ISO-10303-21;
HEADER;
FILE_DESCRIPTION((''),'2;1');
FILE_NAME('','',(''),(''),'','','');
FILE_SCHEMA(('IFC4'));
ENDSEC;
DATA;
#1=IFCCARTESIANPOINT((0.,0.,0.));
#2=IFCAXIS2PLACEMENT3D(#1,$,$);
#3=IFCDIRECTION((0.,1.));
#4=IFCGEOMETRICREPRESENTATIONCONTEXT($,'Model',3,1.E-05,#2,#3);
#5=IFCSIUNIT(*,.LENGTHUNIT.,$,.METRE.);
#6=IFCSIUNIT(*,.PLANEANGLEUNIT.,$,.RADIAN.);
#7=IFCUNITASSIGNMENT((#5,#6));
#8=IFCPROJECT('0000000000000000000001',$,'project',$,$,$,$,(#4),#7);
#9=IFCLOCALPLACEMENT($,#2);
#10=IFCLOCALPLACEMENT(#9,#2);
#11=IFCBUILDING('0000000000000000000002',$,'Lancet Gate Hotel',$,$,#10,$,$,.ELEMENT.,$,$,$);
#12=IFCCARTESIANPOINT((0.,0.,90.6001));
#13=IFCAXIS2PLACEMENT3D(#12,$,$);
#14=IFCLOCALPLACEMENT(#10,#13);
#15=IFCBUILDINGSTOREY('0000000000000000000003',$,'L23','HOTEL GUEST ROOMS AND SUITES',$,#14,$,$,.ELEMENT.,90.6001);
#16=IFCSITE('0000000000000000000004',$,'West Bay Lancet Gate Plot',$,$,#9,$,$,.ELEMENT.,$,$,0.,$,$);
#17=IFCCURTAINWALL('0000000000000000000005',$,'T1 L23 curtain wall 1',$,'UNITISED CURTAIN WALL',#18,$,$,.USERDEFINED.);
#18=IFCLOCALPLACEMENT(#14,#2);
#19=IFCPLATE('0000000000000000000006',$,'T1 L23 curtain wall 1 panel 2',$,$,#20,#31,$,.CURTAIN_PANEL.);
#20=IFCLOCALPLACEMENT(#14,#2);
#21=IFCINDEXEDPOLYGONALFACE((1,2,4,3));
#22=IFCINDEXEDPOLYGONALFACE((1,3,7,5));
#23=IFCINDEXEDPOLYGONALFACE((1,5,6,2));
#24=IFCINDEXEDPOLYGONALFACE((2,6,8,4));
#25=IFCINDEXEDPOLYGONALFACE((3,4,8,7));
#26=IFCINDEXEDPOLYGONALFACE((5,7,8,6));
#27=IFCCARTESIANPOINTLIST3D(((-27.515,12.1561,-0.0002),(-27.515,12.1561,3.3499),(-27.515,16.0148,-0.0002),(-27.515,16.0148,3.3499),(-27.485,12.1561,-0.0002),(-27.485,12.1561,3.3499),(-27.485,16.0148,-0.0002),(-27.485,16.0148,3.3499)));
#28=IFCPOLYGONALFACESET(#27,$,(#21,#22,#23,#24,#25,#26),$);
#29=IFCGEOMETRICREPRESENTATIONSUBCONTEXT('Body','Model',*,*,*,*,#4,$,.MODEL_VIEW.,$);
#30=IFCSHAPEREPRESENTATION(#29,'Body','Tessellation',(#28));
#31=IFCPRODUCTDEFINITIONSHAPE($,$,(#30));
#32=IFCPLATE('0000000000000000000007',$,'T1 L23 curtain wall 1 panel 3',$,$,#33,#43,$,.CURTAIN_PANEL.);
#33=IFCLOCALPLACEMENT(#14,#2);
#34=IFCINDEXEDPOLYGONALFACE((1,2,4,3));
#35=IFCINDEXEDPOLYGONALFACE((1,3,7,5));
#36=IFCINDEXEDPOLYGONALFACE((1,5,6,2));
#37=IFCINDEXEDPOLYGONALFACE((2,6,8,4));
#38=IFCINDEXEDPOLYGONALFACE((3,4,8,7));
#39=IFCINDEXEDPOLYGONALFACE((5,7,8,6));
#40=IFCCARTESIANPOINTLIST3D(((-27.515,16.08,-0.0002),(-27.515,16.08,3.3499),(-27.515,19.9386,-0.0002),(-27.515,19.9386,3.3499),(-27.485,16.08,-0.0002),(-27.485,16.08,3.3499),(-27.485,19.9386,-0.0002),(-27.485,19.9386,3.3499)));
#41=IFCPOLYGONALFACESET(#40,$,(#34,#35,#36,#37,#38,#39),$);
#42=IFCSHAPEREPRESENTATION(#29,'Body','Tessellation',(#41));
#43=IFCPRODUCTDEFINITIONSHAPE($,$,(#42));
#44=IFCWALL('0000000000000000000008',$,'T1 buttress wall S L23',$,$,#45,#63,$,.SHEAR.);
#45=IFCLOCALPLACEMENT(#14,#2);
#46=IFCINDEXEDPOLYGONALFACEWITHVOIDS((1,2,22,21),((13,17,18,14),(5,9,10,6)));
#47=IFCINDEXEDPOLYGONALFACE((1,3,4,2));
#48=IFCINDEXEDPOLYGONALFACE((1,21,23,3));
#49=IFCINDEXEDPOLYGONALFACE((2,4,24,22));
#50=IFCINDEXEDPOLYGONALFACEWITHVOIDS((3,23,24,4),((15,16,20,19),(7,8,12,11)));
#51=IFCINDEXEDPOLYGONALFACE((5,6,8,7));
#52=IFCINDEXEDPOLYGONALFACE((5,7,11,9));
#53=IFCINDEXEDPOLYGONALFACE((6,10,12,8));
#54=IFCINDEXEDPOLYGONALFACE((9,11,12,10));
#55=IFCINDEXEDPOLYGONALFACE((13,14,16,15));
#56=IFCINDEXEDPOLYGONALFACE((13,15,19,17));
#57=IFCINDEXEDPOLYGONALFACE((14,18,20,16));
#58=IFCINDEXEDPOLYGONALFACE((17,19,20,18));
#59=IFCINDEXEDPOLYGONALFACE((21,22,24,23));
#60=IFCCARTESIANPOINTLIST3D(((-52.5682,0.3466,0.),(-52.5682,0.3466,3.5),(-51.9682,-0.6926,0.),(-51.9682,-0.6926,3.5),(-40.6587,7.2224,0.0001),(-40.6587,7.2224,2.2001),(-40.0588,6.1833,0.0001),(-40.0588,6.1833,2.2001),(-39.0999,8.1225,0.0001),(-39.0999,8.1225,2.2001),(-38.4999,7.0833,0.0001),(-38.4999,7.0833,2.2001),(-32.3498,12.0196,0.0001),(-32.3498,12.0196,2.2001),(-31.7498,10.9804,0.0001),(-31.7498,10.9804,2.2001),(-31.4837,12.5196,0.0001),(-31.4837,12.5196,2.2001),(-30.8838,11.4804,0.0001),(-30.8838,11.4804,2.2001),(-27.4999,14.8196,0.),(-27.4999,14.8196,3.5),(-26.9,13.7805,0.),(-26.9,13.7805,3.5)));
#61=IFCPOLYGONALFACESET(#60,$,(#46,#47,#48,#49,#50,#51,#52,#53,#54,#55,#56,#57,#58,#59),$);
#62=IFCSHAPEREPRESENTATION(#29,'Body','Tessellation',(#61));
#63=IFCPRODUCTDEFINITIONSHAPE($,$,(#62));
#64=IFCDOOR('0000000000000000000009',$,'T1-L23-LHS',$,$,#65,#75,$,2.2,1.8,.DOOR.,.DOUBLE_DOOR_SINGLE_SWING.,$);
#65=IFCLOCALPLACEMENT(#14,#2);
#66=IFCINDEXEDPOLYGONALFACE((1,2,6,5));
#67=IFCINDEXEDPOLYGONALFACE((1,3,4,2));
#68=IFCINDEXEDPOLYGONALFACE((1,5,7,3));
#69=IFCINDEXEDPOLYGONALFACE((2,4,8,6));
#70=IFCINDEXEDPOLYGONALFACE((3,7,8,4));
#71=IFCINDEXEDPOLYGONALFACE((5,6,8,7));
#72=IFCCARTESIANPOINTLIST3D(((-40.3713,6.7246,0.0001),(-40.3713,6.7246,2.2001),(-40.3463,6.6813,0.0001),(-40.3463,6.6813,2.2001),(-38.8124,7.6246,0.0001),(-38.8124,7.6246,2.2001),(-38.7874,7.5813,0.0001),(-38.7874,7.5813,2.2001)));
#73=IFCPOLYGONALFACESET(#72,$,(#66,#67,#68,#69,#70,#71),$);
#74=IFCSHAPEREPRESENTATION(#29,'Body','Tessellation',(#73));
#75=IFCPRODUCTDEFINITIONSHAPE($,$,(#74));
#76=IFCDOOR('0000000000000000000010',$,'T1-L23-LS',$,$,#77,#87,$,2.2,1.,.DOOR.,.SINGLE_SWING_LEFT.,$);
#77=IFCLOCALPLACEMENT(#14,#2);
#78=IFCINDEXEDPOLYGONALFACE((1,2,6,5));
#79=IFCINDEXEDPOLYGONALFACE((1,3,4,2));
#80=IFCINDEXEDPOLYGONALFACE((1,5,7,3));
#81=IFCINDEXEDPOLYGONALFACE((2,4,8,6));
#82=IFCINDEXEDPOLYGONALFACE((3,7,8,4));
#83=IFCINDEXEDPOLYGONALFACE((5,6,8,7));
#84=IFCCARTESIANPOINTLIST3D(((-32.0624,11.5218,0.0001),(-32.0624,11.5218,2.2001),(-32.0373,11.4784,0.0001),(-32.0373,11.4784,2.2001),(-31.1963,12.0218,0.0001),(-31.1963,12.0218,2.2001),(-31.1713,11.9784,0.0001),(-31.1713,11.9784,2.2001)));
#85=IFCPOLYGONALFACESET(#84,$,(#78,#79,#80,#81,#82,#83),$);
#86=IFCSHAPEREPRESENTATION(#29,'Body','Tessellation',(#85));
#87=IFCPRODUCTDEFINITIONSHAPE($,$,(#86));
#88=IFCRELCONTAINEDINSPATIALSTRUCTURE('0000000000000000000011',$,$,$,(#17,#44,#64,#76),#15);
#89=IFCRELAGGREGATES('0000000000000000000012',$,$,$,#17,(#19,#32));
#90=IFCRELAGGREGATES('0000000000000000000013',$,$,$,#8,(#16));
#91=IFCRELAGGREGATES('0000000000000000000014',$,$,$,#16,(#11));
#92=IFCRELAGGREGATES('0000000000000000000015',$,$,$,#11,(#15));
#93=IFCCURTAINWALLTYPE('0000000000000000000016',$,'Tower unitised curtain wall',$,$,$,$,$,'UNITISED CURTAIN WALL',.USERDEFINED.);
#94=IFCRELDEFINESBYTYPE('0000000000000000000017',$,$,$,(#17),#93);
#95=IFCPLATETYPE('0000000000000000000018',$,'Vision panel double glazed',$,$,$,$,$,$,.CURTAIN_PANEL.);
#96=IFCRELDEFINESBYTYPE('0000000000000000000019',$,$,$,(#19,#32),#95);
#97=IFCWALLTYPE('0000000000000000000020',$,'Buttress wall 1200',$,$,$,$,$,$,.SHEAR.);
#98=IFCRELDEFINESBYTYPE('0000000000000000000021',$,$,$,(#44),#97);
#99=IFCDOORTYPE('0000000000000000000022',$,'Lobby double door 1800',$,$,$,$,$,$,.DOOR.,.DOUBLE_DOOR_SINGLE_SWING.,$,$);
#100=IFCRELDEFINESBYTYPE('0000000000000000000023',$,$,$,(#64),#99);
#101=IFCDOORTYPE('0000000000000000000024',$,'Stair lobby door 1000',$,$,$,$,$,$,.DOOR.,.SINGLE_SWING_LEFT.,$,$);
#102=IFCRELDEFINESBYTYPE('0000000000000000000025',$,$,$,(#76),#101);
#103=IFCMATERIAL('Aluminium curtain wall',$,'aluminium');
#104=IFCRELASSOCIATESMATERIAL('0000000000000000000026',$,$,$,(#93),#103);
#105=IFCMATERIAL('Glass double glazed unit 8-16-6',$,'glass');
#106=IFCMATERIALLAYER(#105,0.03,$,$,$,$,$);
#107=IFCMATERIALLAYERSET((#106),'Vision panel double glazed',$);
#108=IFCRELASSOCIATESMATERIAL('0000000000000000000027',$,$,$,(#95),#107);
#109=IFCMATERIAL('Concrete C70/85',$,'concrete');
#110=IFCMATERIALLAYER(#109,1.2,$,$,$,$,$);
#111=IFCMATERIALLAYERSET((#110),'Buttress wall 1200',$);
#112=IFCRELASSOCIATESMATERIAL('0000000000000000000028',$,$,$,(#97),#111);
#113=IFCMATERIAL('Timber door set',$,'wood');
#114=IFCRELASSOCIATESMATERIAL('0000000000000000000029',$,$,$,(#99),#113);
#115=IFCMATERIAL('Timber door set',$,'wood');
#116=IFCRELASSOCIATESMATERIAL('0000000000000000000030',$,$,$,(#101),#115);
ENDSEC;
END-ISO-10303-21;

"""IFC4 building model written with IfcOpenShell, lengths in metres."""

from ifc_helpers import new_model, si_unit, direction, frame, frame_2d, origin, origin_2d, place, context, subcontext, project, spatial, rectangle, extrude, material, layer, layer_set, type_object, element, fill, aggregate, save


model = new_model("IFC4")

# Units and contexts
model_context = context("Model", 3, precision=1e-05, world=origin(), true_north=direction((0.0, 1.0)))
body_context = subcontext(model_context, "Body", "Model", "MODEL_VIEW")
ifc_project = project(units=[si_unit("LENGTHUNIT", "METRE"), si_unit("PLANEANGLEUNIT", "RADIAN")], contexts=[model_context])

# Site, building, storey
site_placement = place(None, origin())
site = spatial("IfcSite", under=ifc_project, at=site_placement, Name="West Bay Lancet Gate Plot", CompositionType="ELEMENT", RefElevation=0.0)
building_placement = place(site_placement, origin())
building = spatial("IfcBuilding", under=site, at=building_placement, Name="Lancet Gate Hotel", CompositionType="ELEMENT")
storey_placement = place(building_placement, frame((0.0, 0.0, 90.6001)))
storey = spatial("IfcBuildingStorey", under=building, at=storey_placement, Name="L23", Description="HOTEL GUEST ROOMS AND SUITES", CompositionType="ELEMENT", Elevation=90.6001)

# Curtain wall
ifc_material_1 = material(Name="Aluminium curtain wall", Category="aluminium")
curtain_wall_type = type_object("IfcCurtainWallType", Name="Tower unitised curtain wall", ElementType="UNITISED CURTAIN WALL", PredefinedType="USERDEFINED", material=ifc_material_1)
curtain_wall_placement = place(storey_placement, origin())
curtain_wall = element("IfcCurtainWall", 1, at=curtain_wall_placement, inside=storey, type_object=curtain_wall_type, Name="T1 L23 curtain wall 1", ObjectType="UNITISED CURTAIN WALL", PredefinedType="USERDEFINED")

# Plates
ifc_material_2 = material(Name="Glass double glazed unit 8-16-6", Category="glass")
ifc_layer_1 = layer(ifc_material_2, 0.03)
ifc_layer_set_1 = layer_set([ifc_layer_1], Name="Vision panel double glazed")
plate_type = type_object("IfcPlateType", Name="Vision panel double glazed", PredefinedType="CURTAIN_PANEL", material=ifc_layer_set_1)
plate_1_placement = place(storey_placement, frame((-27.5, 14.0854, -0.0002), z_axis=(0.0, 0.0, 1.0), x_axis=(0.0, 1.0, 0.0)))
plate_1 = element("IfcPlate", 2, at=plate_1_placement, type_object=plate_type, Name="T1 L23 curtain wall 1 panel 2", PredefinedType="CURTAIN_PANEL", context=body_context, shape_type="SweptSolid", body=[
    extrude(rectangle(XDim=3.8586, YDim=0.03, at=origin_2d()), origin(), (0.0, 0.0, 1.0), 3.3501),
])
plate_2_placement = place(storey_placement, frame((-27.5, 18.0093, -0.0002), z_axis=(0.0, 0.0, 1.0), x_axis=(0.0, 1.0, 0.0)))
plate_2 = element("IfcPlate", 3, at=plate_2_placement, type_object=plate_type, Name="T1 L23 curtain wall 1 panel 3", PredefinedType="CURTAIN_PANEL", context=body_context, shape_type="SweptSolid", body=[
    extrude(rectangle(XDim=3.8586, YDim=0.03, at=origin_2d()), origin(), (0.0, 0.0, 1.0), 3.3501),
])
aggregate(curtain_wall, [plate_1, plate_2])

# Wall, openings, doors
ifc_material_3 = material(Name="Concrete C70/85", Category="concrete")
ifc_layer_2 = layer(ifc_material_3, 1.2)
ifc_layer_set_2 = layer_set([ifc_layer_2], Name="Buttress wall 1200")
wall_type = type_object("IfcWallType", Name="Buttress wall 1200", PredefinedType="SHEAR", material=ifc_layer_set_2)
wall_placement = place(storey_placement, frame((-27.2, 14.3, 0.0), z_axis=(0.0, 0.0, 1.0), x_axis=(-0.866027, -0.499998, 0.0)))
wall = element("IfcWall", 4, at=wall_placement, inside=storey, type_object=wall_type, Name="T1 buttress wall S L23", PredefinedType="SHEAR", context=body_context, shape_type="SweptSolid", body=[
    extrude(rectangle(XDim=28.9463, YDim=1.2, at=frame_2d((14.4731, 0.0))), origin(), (0.0, 0.0, 1.0), 3.5),
])
opening_1_placement = place(wall_placement, frame((4.6001, 0.0, 0.0)))
opening_1 = element("IfcOpeningElement", 5, at=opening_1_placement, cuts=wall, PredefinedType="OPENING", context=body_context, shape_type="SweptSolid", body=[
    extrude(rectangle(XDim=1.0, YDim=2.2, at=frame_2d((0.5, 1.1001))), frame((0.0, 0.6099, 0.0), z_axis=(0.0, -1.0, 0.0), x_axis=(1.0, 0.0, 0.0)), (0.0, 0.0, 1.0), 1.22),
])
opening_2_placement = place(wall_placement, frame((13.3945, 0.0, 0.0)))
opening_2 = element("IfcOpeningElement", 6, at=opening_2_placement, cuts=wall, PredefinedType="OPENING", context=body_context, shape_type="SweptSolid", body=[
    extrude(rectangle(XDim=1.8, YDim=2.2, at=frame_2d((0.8999, 1.1001))), frame((0.0, 0.6099, 0.0), z_axis=(0.0, -1.0, 0.0), x_axis=(1.0, 0.0, 0.0)), (0.0, 0.0, 1.0), 1.22),
])
ifc_material_4 = material(Name="Timber door set", Category="wood")
door_type_1 = type_object("IfcDoorType", Name="Lobby double door 1800", OperationType="DOUBLE_DOOR_SINGLE_SWING", PredefinedType="DOOR", material=ifc_material_4)
door_1_placement = place(opening_2_placement, origin())
door_1 = element("IfcDoor", 7, at=door_1_placement, inside=storey, type_object=door_type_1, Name="T1-L23-LHS", OperationType="DOUBLE_DOOR_SINGLE_SWING", OverallHeight=2.2, OverallWidth=1.8, PredefinedType="DOOR", context=body_context, shape_type="SweptSolid", body=[
    extrude(rectangle(XDim=1.8, YDim=2.2, at=frame_2d((0.8999, 1.1001))), frame((0.0, 0.0249, 0.0), z_axis=(0.0, -1.0, 0.0), x_axis=(1.0, 0.0, 0.0)), (0.0, 0.0, 1.0), 0.05),
])
fill(opening_2, door_1)
ifc_material_5 = material(Name="Timber door set", Category="wood")
door_type_2 = type_object("IfcDoorType", Name="Stair lobby door 1000", OperationType="SINGLE_SWING_LEFT", PredefinedType="DOOR", material=ifc_material_5)
door_2_placement = place(opening_1_placement, origin())
door_2 = element("IfcDoor", 8, at=door_2_placement, inside=storey, type_object=door_type_2, Name="T1-L23-LS", OperationType="SINGLE_SWING_LEFT", OverallHeight=2.2, OverallWidth=1.0, PredefinedType="DOOR", context=body_context, shape_type="SweptSolid", body=[
    extrude(rectangle(XDim=1.0, YDim=2.2, at=frame_2d((0.5, 1.1001))), frame((0.0, 0.0249, 0.0), z_axis=(0.0, -1.0, 0.0), x_axis=(1.0, 0.0, 0.0)), (0.0, 0.0, 1.0), 0.05),
])
fill(opening_1, door_2)

save(model, "model.ifc")
